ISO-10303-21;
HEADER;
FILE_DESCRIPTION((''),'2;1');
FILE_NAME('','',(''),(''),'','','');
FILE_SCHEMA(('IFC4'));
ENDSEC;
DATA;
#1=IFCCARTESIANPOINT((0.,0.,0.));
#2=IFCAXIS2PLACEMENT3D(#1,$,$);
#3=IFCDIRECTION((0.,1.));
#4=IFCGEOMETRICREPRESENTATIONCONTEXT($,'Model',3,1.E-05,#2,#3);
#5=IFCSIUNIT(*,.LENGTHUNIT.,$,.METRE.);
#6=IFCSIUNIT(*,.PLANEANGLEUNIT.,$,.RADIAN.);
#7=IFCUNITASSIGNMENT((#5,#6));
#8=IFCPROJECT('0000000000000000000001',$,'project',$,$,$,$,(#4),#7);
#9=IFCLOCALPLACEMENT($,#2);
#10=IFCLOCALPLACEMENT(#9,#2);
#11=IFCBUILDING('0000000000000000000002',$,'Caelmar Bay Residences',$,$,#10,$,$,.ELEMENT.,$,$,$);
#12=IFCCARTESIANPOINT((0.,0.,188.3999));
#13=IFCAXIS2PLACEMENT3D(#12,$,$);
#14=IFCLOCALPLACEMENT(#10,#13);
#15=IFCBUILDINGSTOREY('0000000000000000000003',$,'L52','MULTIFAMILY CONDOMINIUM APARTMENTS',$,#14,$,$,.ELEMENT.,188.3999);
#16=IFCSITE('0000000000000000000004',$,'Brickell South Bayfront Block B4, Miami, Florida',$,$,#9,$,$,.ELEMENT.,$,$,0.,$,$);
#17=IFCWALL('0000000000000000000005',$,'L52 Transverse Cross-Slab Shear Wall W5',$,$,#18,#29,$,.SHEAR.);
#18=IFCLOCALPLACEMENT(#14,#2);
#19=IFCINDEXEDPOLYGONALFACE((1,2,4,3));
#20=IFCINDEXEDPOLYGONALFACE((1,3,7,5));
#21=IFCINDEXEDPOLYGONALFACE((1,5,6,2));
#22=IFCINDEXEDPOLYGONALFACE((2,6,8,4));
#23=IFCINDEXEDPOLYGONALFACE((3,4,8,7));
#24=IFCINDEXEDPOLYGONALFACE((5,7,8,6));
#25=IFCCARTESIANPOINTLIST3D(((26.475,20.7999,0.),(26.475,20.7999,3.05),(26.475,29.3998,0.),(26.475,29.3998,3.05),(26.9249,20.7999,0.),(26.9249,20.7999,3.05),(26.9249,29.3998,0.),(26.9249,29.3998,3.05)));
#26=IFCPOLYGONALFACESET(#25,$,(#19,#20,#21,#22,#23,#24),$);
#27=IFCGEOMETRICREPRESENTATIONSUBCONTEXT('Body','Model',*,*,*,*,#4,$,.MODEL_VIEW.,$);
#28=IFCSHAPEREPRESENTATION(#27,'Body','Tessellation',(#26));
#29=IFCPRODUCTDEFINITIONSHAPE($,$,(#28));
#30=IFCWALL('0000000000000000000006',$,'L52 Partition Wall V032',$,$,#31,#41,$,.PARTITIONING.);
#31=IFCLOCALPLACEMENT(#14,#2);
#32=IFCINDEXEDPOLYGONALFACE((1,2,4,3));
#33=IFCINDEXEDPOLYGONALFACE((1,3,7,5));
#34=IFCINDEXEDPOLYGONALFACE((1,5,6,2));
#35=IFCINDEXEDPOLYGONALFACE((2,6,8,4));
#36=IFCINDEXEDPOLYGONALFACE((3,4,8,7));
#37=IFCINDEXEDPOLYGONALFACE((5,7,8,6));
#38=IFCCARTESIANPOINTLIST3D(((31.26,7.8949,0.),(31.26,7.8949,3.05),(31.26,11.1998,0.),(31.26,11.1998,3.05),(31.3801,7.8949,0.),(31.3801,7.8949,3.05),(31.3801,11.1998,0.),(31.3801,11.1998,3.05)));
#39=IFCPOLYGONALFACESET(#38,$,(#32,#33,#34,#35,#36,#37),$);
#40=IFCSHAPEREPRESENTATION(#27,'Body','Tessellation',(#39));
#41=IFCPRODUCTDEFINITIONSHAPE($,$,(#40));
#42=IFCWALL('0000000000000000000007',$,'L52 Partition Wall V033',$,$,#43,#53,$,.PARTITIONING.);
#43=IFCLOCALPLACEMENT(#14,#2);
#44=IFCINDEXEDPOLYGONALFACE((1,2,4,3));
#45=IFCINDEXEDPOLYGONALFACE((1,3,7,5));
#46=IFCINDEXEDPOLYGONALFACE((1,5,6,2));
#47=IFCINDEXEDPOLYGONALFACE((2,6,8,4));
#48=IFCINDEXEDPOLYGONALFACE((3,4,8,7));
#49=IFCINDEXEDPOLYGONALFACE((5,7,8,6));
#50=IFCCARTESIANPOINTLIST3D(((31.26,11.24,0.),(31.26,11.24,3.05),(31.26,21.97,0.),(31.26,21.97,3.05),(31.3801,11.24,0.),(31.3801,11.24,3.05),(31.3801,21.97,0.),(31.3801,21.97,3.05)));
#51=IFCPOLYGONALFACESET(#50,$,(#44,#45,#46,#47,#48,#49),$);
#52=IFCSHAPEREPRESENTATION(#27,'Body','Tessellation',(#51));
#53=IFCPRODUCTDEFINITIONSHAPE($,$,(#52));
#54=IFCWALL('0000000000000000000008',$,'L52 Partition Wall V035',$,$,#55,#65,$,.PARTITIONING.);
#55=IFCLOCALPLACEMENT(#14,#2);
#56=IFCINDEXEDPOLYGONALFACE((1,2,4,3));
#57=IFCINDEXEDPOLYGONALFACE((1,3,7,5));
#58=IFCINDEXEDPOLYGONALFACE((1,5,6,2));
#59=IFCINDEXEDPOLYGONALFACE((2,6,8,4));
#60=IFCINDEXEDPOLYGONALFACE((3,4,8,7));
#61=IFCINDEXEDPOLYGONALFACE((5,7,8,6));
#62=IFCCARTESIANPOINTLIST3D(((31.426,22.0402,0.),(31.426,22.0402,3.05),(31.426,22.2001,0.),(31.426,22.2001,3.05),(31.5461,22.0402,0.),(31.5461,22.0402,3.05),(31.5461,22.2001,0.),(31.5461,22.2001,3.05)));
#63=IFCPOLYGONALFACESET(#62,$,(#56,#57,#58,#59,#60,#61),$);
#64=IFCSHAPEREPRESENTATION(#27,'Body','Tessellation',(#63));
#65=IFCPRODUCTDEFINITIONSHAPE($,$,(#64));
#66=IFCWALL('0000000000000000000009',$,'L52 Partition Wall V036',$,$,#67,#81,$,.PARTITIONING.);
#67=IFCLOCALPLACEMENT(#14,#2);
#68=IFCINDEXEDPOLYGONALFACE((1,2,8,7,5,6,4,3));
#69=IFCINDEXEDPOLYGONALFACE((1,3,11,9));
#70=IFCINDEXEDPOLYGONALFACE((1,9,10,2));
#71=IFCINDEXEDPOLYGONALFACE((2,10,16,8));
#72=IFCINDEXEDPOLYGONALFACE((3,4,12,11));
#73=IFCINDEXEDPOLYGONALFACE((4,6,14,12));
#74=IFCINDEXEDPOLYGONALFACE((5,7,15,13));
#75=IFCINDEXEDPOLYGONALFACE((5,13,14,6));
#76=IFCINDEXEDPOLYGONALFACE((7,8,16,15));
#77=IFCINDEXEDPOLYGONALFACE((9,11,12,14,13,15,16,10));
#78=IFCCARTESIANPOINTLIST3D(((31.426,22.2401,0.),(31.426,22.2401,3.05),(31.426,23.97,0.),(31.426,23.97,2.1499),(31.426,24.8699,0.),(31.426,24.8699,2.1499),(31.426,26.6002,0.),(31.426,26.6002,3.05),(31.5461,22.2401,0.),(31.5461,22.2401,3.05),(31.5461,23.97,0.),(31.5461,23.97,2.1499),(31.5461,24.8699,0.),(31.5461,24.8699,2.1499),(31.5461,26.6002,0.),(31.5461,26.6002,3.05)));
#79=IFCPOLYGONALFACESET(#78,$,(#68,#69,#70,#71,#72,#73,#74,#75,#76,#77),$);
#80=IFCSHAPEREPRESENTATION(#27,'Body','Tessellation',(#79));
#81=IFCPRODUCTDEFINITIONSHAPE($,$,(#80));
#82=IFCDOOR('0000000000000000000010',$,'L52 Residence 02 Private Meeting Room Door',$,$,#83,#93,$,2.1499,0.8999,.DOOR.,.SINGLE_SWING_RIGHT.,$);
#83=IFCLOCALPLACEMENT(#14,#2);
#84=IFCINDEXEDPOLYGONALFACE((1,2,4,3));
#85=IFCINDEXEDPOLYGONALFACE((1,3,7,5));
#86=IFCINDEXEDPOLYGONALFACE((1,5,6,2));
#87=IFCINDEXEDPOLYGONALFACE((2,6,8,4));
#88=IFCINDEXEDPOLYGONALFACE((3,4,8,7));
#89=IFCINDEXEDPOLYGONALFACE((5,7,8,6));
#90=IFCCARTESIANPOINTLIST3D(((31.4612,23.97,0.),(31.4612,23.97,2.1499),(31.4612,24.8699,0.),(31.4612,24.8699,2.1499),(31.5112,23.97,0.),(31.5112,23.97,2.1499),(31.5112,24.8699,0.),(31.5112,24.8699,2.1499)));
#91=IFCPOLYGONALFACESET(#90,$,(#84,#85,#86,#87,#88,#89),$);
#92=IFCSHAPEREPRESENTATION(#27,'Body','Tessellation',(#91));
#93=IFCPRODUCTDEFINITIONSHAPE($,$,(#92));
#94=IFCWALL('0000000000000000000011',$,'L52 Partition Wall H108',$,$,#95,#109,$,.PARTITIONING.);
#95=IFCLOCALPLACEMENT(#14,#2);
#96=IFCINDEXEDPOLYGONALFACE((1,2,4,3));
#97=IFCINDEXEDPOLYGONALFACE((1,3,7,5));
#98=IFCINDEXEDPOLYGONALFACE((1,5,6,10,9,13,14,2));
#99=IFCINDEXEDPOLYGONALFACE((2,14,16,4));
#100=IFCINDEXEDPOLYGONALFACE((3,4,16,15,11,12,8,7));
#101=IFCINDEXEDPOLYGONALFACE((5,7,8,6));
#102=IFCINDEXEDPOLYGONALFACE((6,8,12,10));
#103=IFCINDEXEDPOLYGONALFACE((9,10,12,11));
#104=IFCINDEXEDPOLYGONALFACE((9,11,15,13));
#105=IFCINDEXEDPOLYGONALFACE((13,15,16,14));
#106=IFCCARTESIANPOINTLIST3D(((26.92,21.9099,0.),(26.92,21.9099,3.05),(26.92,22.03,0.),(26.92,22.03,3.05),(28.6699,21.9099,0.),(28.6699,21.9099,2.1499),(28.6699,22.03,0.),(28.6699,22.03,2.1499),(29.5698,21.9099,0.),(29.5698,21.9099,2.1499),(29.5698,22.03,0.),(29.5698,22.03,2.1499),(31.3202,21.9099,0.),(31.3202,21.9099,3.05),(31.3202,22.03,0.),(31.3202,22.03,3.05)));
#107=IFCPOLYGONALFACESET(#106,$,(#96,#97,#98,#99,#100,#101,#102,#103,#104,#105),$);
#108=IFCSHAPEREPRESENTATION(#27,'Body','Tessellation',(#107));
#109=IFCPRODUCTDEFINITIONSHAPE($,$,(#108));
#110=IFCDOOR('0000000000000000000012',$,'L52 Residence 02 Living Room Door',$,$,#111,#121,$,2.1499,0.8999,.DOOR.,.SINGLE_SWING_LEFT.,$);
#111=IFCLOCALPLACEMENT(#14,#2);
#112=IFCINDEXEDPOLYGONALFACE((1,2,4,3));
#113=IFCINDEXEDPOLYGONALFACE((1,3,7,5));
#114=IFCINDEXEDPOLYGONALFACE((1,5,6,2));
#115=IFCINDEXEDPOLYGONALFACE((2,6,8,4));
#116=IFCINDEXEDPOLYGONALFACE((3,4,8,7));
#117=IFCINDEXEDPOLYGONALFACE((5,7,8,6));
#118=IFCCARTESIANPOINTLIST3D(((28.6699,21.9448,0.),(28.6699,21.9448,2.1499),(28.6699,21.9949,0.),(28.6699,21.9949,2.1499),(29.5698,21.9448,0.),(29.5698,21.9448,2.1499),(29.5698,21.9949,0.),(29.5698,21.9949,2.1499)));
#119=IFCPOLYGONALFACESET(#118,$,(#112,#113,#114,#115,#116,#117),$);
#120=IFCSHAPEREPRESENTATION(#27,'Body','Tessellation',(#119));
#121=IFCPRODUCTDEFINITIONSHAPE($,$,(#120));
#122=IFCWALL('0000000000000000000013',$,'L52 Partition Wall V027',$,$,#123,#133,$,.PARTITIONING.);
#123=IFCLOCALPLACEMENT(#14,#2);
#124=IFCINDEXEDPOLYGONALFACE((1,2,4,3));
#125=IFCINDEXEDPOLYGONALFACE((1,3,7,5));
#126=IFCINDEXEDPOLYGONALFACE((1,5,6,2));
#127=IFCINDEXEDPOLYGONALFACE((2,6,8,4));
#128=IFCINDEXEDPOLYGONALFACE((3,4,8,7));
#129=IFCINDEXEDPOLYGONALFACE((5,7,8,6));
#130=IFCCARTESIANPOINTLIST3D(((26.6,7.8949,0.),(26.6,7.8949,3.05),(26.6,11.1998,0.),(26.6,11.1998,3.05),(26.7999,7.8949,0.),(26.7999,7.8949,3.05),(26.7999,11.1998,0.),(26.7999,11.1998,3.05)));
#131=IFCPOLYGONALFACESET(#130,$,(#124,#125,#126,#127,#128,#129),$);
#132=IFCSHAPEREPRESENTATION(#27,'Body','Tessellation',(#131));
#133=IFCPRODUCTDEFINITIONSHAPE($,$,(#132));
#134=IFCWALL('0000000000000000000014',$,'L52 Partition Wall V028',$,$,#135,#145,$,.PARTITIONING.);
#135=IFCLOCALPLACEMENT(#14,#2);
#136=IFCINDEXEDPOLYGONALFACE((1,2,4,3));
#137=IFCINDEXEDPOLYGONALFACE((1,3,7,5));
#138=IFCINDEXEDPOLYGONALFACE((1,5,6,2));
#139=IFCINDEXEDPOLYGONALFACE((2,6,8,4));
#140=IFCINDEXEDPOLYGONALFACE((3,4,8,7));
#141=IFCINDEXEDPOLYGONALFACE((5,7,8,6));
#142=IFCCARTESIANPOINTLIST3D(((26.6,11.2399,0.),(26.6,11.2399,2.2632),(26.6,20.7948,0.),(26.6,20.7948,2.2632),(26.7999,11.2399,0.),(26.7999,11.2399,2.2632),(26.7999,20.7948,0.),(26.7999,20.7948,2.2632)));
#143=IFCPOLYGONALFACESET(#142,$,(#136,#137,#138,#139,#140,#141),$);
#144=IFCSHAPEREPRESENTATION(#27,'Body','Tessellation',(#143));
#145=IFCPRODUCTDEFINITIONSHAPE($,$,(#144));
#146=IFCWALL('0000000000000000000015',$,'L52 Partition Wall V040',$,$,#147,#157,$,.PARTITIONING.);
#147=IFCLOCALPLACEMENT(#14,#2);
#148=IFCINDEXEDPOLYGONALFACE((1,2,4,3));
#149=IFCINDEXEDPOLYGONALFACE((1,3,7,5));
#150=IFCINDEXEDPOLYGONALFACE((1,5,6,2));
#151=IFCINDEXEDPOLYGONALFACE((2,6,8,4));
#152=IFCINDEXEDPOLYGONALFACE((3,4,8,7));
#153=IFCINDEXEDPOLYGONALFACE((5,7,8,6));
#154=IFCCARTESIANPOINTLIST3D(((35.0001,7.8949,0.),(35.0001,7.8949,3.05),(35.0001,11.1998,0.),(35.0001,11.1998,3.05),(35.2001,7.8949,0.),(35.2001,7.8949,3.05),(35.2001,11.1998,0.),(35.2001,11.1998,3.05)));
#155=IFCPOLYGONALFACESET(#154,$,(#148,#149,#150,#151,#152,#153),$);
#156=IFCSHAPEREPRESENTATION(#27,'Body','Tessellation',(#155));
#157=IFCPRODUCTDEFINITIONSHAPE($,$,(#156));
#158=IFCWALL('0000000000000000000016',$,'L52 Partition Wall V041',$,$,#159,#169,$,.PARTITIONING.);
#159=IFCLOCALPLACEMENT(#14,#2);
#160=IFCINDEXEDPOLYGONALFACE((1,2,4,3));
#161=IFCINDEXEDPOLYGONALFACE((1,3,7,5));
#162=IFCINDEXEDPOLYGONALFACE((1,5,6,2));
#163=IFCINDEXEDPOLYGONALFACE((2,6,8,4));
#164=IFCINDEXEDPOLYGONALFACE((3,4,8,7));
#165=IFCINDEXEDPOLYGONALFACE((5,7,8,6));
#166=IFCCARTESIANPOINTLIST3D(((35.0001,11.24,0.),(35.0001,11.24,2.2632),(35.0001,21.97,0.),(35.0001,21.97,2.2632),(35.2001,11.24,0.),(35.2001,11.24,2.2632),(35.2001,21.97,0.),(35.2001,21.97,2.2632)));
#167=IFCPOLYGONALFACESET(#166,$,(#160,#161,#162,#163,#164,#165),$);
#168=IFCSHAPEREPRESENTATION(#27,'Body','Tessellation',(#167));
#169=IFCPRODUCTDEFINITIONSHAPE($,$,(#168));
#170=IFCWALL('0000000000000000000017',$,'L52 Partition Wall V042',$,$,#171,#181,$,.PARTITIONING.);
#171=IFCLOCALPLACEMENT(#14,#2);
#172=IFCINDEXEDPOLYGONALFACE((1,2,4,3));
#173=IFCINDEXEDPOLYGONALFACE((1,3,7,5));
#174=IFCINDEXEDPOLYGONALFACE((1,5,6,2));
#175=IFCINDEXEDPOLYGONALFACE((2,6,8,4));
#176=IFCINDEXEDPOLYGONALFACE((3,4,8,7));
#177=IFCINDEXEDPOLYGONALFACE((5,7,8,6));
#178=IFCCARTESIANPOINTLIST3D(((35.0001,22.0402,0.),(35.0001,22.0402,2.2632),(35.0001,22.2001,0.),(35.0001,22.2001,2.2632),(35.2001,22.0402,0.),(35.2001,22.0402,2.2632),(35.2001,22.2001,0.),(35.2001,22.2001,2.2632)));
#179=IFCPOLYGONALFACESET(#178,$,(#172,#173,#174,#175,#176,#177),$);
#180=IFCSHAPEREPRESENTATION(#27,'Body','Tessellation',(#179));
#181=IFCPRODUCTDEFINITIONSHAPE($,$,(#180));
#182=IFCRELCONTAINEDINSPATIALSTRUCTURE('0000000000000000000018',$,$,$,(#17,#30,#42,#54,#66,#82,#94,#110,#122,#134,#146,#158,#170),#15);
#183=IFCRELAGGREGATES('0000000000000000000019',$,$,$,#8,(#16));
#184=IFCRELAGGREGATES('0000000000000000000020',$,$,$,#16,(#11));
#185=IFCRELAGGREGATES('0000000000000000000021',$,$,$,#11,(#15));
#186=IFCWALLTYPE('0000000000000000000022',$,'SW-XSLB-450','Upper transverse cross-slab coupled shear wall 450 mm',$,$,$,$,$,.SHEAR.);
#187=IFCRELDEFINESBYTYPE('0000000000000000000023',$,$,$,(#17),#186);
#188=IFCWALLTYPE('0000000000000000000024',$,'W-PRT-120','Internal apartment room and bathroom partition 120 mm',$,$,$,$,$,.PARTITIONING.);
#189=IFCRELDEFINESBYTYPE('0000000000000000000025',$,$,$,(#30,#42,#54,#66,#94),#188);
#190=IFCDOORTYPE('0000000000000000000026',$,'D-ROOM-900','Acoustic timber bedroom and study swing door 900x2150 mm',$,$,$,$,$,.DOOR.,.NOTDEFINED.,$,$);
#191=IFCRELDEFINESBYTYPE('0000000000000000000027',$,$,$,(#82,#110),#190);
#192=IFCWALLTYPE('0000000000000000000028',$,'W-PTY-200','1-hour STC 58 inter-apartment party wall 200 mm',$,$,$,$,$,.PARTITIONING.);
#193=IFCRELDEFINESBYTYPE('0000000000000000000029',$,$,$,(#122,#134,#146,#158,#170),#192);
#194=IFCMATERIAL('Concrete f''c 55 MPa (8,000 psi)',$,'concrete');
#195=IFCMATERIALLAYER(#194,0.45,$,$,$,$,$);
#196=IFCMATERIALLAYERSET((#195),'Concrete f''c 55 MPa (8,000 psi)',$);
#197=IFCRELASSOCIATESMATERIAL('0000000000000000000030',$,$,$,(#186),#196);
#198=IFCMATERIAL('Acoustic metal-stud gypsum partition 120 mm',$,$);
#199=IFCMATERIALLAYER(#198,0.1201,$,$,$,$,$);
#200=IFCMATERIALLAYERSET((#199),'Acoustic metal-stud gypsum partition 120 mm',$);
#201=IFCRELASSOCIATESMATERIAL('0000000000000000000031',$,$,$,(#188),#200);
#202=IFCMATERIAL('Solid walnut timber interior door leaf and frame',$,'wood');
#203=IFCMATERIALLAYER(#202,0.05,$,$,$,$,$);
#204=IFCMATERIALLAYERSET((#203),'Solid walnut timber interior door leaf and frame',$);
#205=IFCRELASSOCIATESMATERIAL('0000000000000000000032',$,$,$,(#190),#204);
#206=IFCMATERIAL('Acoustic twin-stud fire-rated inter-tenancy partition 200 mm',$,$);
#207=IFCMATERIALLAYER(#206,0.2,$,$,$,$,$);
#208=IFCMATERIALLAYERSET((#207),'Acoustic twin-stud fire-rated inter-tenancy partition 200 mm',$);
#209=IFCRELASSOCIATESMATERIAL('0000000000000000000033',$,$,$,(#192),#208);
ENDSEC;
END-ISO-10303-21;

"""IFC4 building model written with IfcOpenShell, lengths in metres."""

from ifc_helpers import new_model, si_unit, direction, frame, frame_2d, origin, place, context, subcontext, project, spatial, rectangle, extrude, material, layer, layer_set, type_object, element, fill, save


model = new_model("IFC4")

# Units and contexts
model_context = context("Model", 3, precision=1e-05, world=origin(), true_north=direction((0.0, 1.0)))
body_context = subcontext(model_context, "Body", "Model", "MODEL_VIEW")
ifc_project = project(units=[si_unit("LENGTHUNIT", "METRE"), si_unit("PLANEANGLEUNIT", "RADIAN")], contexts=[model_context])

# Site, building, storey
site_placement = place(None, origin())
site = spatial("IfcSite", under=ifc_project, at=site_placement, Name="Brickell South Bayfront Block B4, Miami, Florida", CompositionType="ELEMENT", RefElevation=0.0)
building_placement = place(site_placement, origin())
building = spatial("IfcBuilding", under=site, at=building_placement, Name="Caelmar Bay Residences", CompositionType="ELEMENT")
storey_placement = place(building_placement, frame((0.0, 0.0, 188.3999)))
storey = spatial("IfcBuildingStorey", under=building, at=storey_placement, Name="L52", Description="MULTIFAMILY CONDOMINIUM APARTMENTS", CompositionType="ELEMENT", Elevation=188.3999)

# Shared definitions
ifc_material_1 = material(Name="Concrete f'c 55 MPa (8,000 psi)", Category="concrete")

# Walls
ifc_layer_1 = layer(ifc_material_1, 0.45)
ifc_layer_set_1 = layer_set([ifc_layer_1], Name="Concrete f'c 55 MPa (8,000 psi)")
wall_type_1 = type_object("IfcWallType", Name="SW-XSLB-450", Description="Upper transverse cross-slab coupled shear wall 450 mm", PredefinedType="SHEAR", material=ifc_layer_set_1)
wall_1_placement = place(storey_placement, frame((26.7, 20.8, 0.0), z_axis=(0.0, 0.0, 1.0), x_axis=(0.0, 1.0, 0.0)))
element("IfcWall", 1, at=wall_1_placement, inside=storey, type_object=wall_type_1, Name="L52 Transverse Cross-Slab Shear Wall W5", PredefinedType="SHEAR", context=body_context, shape_type="SweptSolid", body=[
    extrude(rectangle(XDim=8.5999, YDim=0.45, at=frame_2d((4.2998, 0.0))), origin(), (0.0, 0.0, 1.0), 3.05),
])
ifc_material_2 = material(Name="Acoustic metal-stud gypsum partition 120 mm")
ifc_layer_2 = layer(ifc_material_2, 0.1201)
ifc_layer_set_2 = layer_set([ifc_layer_2], Name="Acoustic metal-stud gypsum partition 120 mm")
wall_type_2 = type_object("IfcWallType", Name="W-PRT-120", Description="Internal apartment room and bathroom partition 120 mm", PredefinedType="PARTITIONING", material=ifc_layer_set_2)
wall_2_placement = place(storey_placement, frame((31.3201, 7.895, 0.0), z_axis=(0.0, 0.0, 1.0), x_axis=(0.0, 1.0, 0.0)))
element("IfcWall", 2, at=wall_2_placement, inside=storey, type_object=wall_type_2, Name="L52 Partition Wall V032", PredefinedType="PARTITIONING", context=body_context, shape_type="SweptSolid", body=[
    extrude(rectangle(XDim=3.3049, YDim=0.1201, at=frame_2d((1.6523, 0.0))), origin(), (0.0, 0.0, 1.0), 3.05),
])
wall_3_placement = place(storey_placement, frame((31.3201, 11.24, 0.0), z_axis=(0.0, 0.0, 1.0), x_axis=(0.0, 1.0, 0.0)))
element("IfcWall", 3, at=wall_3_placement, inside=storey, type_object=wall_type_2, Name="L52 Partition Wall V033", PredefinedType="PARTITIONING", context=body_context, shape_type="SweptSolid", body=[
    extrude(rectangle(XDim=10.73, YDim=0.1201, at=frame_2d((5.365, 0.0))), origin(), (0.0, 0.0, 1.0), 3.05),
])
wall_4_placement = place(storey_placement, frame((31.4861, 22.04, 0.0), z_axis=(0.0, 0.0, 1.0), x_axis=(0.0, 1.0, 0.0)))
element("IfcWall", 4, at=wall_4_placement, inside=storey, type_object=wall_type_2, Name="L52 Partition Wall V035", PredefinedType="PARTITIONING", context=body_context, shape_type="SweptSolid", body=[
    extrude(rectangle(XDim=0.1599, YDim=0.1201, at=frame_2d((0.0801, 0.0))), origin(), (0.0, 0.0, 1.0), 3.05),
])

# Walls, openings, doors
wall_5_placement = place(storey_placement, frame((31.4861, 22.24, 0.0), z_axis=(0.0, 0.0, 1.0), x_axis=(0.0, 1.0, 0.0)))
wall_5 = element("IfcWall", 5, at=wall_5_placement, inside=storey, type_object=wall_type_2, Name="L52 Partition Wall V036", PredefinedType="PARTITIONING", context=body_context, shape_type="SweptSolid", body=[
    extrude(rectangle(XDim=4.3601, YDim=0.1201, at=frame_2d((2.1802, 0.0))), origin(), (0.0, 0.0, 1.0), 3.05),
])
opening_1_placement = place(wall_5_placement, frame((1.73, 0.0, 0.0)))
opening_1 = element("IfcOpeningElement", 6, at=opening_1_placement, cuts=wall_5, PredefinedType="OPENING", context=body_context, shape_type="SweptSolid", body=[
    extrude(rectangle(XDim=0.8999, YDim=2.1499, at=frame_2d((0.45, 1.075))), frame((0.0, 0.0701, 0.0), z_axis=(0.0, -1.0, 0.0), x_axis=(1.0, 0.0, 0.0)), (0.0, 0.0, 1.0), 0.1401),
])
ifc_material_3 = material(Name="Solid walnut timber interior door leaf and frame", Category="wood")
ifc_layer_3 = layer(ifc_material_3, 0.05)
ifc_layer_set_3 = layer_set([ifc_layer_3], Name="Solid walnut timber interior door leaf and frame")
door_type = type_object("IfcDoorType", Name="D-ROOM-900", Description="Acoustic timber bedroom and study swing door 900x2150 mm", OperationType="NOTDEFINED", PredefinedType="DOOR", material=ifc_layer_set_3)
door_1_placement = place(opening_1_placement, origin())
door_1 = element("IfcDoor", 7, at=door_1_placement, inside=storey, type_object=door_type, Name="L52 Residence 02 Private Meeting Room Door", OperationType="SINGLE_SWING_RIGHT", OverallHeight=2.1499, OverallWidth=0.8999, PredefinedType="DOOR", context=body_context, shape_type="SweptSolid", body=[
    extrude(rectangle(XDim=0.8999, YDim=2.1499, at=frame_2d((0.45, 1.075))), frame((0.0, 0.0249, 0.0), z_axis=(0.0, -1.0, 0.0), x_axis=(1.0, 0.0, 0.0)), (0.0, 0.0, 1.0), 0.05),
])
fill(opening_1, door_1)
wall_6_placement = place(storey_placement, frame((26.9199, 21.97, 0.0), z_axis=(0.0, 0.0, 1.0), x_axis=(1.0, 0.0, 0.0)))
wall_6 = element("IfcWall", 8, at=wall_6_placement, inside=storey, type_object=wall_type_2, Name="L52 Partition Wall H108", PredefinedType="PARTITIONING", context=body_context, shape_type="SweptSolid", body=[
    extrude(rectangle(XDim=4.4001, YDim=0.1201, at=frame_2d((2.2002, 0.0))), origin(), (0.0, 0.0, 1.0), 3.05),
])
opening_2_placement = place(wall_6_placement, frame((1.75, 0.0, 0.0)))
opening_2 = element("IfcOpeningElement", 9, at=opening_2_placement, cuts=wall_6, PredefinedType="OPENING", context=body_context, shape_type="SweptSolid", body=[
    extrude(rectangle(XDim=0.8999, YDim=2.1499, at=frame_2d((0.45, 1.075))), frame((0.0, 0.0701, 0.0), z_axis=(0.0, -1.0, 0.0), x_axis=(1.0, 0.0, 0.0)), (0.0, 0.0, 1.0), 0.1401),
])
door_2_placement = place(opening_2_placement, origin())
door_2 = element("IfcDoor", 10, at=door_2_placement, inside=storey, type_object=door_type, Name="L52 Residence 02 Living Room Door", OperationType="SINGLE_SWING_LEFT", OverallHeight=2.1499, OverallWidth=0.8999, PredefinedType="DOOR", context=body_context, shape_type="SweptSolid", body=[
    extrude(rectangle(XDim=0.8999, YDim=2.1499, at=frame_2d((0.45, 1.075))), frame((0.0, 0.0249, 0.0), z_axis=(0.0, -1.0, 0.0), x_axis=(1.0, 0.0, 0.0)), (0.0, 0.0, 1.0), 0.05),
])
fill(opening_2, door_2)

# Walls
ifc_material_4 = material(Name="Acoustic twin-stud fire-rated inter-tenancy partition 200 mm")
ifc_layer_4 = layer(ifc_material_4, 0.2)
ifc_layer_set_4 = layer_set([ifc_layer_4], Name="Acoustic twin-stud fire-rated inter-tenancy partition 200 mm")
wall_type_3 = type_object("IfcWallType", Name="W-PTY-200", Description="1-hour STC 58 inter-apartment party wall 200 mm", PredefinedType="PARTITIONING", material=ifc_layer_set_4)
wall_7_placement = place(storey_placement, frame((26.7, 7.895, 0.0), z_axis=(0.0, 0.0, 1.0), x_axis=(0.0, 1.0, 0.0)))
element("IfcWall", 11, at=wall_7_placement, inside=storey, type_object=wall_type_3, Name="L52 Partition Wall V027", PredefinedType="PARTITIONING", context=body_context, shape_type="SweptSolid", body=[
    extrude(rectangle(XDim=3.3049, YDim=0.2, at=frame_2d((1.6523, 0.0))), origin(), (0.0, 0.0, 1.0), 3.05),
])
wall_8_placement = place(storey_placement, frame((26.7, 11.24, 0.0), z_axis=(0.0, 0.0, 1.0), x_axis=(0.0, 1.0, 0.0)))
element("IfcWall", 12, at=wall_8_placement, inside=storey, type_object=wall_type_3, Name="L52 Partition Wall V028", PredefinedType="PARTITIONING", context=body_context, shape_type="SweptSolid", body=[
    extrude(rectangle(XDim=9.5549, YDim=0.2, at=frame_2d((4.7773, 0.0))), origin(), (0.0, 0.0, 1.0), 2.2632),
])
wall_9_placement = place(storey_placement, frame((35.1001, 7.895, 0.0), z_axis=(0.0, 0.0, 1.0), x_axis=(0.0, 1.0, 0.0)))
element("IfcWall", 13, at=wall_9_placement, inside=storey, type_object=wall_type_3, Name="L52 Partition Wall V040", PredefinedType="PARTITIONING", context=body_context, shape_type="SweptSolid", body=[
    extrude(rectangle(XDim=3.3049, YDim=0.2, at=frame_2d((1.6523, 0.0))), origin(), (0.0, 0.0, 1.0), 3.05),
])
wall_10_placement = place(storey_placement, frame((35.1001, 11.24, 0.0), z_axis=(0.0, 0.0, 1.0), x_axis=(0.0, 1.0, 0.0)))
element("IfcWall", 14, at=wall_10_placement, inside=storey, type_object=wall_type_3, Name="L52 Partition Wall V041", PredefinedType="PARTITIONING", context=body_context, shape_type="SweptSolid", body=[
    extrude(rectangle(XDim=10.73, YDim=0.2, at=frame_2d((5.365, 0.0))), origin(), (0.0, 0.0, 1.0), 2.2632),
])
wall_11_placement = place(storey_placement, frame((35.1001, 22.04, 0.0), z_axis=(0.0, 0.0, 1.0), x_axis=(0.0, 1.0, 0.0)))
element("IfcWall", 15, at=wall_11_placement, inside=storey, type_object=wall_type_3, Name="L52 Partition Wall V042", PredefinedType="PARTITIONING", context=body_context, shape_type="SweptSolid", body=[
    extrude(rectangle(XDim=0.1599, YDim=0.2, at=frame_2d((0.0801, 0.0))), origin(), (0.0, 0.0, 1.0), 2.2632),
])

save(model, "model.ifc")
